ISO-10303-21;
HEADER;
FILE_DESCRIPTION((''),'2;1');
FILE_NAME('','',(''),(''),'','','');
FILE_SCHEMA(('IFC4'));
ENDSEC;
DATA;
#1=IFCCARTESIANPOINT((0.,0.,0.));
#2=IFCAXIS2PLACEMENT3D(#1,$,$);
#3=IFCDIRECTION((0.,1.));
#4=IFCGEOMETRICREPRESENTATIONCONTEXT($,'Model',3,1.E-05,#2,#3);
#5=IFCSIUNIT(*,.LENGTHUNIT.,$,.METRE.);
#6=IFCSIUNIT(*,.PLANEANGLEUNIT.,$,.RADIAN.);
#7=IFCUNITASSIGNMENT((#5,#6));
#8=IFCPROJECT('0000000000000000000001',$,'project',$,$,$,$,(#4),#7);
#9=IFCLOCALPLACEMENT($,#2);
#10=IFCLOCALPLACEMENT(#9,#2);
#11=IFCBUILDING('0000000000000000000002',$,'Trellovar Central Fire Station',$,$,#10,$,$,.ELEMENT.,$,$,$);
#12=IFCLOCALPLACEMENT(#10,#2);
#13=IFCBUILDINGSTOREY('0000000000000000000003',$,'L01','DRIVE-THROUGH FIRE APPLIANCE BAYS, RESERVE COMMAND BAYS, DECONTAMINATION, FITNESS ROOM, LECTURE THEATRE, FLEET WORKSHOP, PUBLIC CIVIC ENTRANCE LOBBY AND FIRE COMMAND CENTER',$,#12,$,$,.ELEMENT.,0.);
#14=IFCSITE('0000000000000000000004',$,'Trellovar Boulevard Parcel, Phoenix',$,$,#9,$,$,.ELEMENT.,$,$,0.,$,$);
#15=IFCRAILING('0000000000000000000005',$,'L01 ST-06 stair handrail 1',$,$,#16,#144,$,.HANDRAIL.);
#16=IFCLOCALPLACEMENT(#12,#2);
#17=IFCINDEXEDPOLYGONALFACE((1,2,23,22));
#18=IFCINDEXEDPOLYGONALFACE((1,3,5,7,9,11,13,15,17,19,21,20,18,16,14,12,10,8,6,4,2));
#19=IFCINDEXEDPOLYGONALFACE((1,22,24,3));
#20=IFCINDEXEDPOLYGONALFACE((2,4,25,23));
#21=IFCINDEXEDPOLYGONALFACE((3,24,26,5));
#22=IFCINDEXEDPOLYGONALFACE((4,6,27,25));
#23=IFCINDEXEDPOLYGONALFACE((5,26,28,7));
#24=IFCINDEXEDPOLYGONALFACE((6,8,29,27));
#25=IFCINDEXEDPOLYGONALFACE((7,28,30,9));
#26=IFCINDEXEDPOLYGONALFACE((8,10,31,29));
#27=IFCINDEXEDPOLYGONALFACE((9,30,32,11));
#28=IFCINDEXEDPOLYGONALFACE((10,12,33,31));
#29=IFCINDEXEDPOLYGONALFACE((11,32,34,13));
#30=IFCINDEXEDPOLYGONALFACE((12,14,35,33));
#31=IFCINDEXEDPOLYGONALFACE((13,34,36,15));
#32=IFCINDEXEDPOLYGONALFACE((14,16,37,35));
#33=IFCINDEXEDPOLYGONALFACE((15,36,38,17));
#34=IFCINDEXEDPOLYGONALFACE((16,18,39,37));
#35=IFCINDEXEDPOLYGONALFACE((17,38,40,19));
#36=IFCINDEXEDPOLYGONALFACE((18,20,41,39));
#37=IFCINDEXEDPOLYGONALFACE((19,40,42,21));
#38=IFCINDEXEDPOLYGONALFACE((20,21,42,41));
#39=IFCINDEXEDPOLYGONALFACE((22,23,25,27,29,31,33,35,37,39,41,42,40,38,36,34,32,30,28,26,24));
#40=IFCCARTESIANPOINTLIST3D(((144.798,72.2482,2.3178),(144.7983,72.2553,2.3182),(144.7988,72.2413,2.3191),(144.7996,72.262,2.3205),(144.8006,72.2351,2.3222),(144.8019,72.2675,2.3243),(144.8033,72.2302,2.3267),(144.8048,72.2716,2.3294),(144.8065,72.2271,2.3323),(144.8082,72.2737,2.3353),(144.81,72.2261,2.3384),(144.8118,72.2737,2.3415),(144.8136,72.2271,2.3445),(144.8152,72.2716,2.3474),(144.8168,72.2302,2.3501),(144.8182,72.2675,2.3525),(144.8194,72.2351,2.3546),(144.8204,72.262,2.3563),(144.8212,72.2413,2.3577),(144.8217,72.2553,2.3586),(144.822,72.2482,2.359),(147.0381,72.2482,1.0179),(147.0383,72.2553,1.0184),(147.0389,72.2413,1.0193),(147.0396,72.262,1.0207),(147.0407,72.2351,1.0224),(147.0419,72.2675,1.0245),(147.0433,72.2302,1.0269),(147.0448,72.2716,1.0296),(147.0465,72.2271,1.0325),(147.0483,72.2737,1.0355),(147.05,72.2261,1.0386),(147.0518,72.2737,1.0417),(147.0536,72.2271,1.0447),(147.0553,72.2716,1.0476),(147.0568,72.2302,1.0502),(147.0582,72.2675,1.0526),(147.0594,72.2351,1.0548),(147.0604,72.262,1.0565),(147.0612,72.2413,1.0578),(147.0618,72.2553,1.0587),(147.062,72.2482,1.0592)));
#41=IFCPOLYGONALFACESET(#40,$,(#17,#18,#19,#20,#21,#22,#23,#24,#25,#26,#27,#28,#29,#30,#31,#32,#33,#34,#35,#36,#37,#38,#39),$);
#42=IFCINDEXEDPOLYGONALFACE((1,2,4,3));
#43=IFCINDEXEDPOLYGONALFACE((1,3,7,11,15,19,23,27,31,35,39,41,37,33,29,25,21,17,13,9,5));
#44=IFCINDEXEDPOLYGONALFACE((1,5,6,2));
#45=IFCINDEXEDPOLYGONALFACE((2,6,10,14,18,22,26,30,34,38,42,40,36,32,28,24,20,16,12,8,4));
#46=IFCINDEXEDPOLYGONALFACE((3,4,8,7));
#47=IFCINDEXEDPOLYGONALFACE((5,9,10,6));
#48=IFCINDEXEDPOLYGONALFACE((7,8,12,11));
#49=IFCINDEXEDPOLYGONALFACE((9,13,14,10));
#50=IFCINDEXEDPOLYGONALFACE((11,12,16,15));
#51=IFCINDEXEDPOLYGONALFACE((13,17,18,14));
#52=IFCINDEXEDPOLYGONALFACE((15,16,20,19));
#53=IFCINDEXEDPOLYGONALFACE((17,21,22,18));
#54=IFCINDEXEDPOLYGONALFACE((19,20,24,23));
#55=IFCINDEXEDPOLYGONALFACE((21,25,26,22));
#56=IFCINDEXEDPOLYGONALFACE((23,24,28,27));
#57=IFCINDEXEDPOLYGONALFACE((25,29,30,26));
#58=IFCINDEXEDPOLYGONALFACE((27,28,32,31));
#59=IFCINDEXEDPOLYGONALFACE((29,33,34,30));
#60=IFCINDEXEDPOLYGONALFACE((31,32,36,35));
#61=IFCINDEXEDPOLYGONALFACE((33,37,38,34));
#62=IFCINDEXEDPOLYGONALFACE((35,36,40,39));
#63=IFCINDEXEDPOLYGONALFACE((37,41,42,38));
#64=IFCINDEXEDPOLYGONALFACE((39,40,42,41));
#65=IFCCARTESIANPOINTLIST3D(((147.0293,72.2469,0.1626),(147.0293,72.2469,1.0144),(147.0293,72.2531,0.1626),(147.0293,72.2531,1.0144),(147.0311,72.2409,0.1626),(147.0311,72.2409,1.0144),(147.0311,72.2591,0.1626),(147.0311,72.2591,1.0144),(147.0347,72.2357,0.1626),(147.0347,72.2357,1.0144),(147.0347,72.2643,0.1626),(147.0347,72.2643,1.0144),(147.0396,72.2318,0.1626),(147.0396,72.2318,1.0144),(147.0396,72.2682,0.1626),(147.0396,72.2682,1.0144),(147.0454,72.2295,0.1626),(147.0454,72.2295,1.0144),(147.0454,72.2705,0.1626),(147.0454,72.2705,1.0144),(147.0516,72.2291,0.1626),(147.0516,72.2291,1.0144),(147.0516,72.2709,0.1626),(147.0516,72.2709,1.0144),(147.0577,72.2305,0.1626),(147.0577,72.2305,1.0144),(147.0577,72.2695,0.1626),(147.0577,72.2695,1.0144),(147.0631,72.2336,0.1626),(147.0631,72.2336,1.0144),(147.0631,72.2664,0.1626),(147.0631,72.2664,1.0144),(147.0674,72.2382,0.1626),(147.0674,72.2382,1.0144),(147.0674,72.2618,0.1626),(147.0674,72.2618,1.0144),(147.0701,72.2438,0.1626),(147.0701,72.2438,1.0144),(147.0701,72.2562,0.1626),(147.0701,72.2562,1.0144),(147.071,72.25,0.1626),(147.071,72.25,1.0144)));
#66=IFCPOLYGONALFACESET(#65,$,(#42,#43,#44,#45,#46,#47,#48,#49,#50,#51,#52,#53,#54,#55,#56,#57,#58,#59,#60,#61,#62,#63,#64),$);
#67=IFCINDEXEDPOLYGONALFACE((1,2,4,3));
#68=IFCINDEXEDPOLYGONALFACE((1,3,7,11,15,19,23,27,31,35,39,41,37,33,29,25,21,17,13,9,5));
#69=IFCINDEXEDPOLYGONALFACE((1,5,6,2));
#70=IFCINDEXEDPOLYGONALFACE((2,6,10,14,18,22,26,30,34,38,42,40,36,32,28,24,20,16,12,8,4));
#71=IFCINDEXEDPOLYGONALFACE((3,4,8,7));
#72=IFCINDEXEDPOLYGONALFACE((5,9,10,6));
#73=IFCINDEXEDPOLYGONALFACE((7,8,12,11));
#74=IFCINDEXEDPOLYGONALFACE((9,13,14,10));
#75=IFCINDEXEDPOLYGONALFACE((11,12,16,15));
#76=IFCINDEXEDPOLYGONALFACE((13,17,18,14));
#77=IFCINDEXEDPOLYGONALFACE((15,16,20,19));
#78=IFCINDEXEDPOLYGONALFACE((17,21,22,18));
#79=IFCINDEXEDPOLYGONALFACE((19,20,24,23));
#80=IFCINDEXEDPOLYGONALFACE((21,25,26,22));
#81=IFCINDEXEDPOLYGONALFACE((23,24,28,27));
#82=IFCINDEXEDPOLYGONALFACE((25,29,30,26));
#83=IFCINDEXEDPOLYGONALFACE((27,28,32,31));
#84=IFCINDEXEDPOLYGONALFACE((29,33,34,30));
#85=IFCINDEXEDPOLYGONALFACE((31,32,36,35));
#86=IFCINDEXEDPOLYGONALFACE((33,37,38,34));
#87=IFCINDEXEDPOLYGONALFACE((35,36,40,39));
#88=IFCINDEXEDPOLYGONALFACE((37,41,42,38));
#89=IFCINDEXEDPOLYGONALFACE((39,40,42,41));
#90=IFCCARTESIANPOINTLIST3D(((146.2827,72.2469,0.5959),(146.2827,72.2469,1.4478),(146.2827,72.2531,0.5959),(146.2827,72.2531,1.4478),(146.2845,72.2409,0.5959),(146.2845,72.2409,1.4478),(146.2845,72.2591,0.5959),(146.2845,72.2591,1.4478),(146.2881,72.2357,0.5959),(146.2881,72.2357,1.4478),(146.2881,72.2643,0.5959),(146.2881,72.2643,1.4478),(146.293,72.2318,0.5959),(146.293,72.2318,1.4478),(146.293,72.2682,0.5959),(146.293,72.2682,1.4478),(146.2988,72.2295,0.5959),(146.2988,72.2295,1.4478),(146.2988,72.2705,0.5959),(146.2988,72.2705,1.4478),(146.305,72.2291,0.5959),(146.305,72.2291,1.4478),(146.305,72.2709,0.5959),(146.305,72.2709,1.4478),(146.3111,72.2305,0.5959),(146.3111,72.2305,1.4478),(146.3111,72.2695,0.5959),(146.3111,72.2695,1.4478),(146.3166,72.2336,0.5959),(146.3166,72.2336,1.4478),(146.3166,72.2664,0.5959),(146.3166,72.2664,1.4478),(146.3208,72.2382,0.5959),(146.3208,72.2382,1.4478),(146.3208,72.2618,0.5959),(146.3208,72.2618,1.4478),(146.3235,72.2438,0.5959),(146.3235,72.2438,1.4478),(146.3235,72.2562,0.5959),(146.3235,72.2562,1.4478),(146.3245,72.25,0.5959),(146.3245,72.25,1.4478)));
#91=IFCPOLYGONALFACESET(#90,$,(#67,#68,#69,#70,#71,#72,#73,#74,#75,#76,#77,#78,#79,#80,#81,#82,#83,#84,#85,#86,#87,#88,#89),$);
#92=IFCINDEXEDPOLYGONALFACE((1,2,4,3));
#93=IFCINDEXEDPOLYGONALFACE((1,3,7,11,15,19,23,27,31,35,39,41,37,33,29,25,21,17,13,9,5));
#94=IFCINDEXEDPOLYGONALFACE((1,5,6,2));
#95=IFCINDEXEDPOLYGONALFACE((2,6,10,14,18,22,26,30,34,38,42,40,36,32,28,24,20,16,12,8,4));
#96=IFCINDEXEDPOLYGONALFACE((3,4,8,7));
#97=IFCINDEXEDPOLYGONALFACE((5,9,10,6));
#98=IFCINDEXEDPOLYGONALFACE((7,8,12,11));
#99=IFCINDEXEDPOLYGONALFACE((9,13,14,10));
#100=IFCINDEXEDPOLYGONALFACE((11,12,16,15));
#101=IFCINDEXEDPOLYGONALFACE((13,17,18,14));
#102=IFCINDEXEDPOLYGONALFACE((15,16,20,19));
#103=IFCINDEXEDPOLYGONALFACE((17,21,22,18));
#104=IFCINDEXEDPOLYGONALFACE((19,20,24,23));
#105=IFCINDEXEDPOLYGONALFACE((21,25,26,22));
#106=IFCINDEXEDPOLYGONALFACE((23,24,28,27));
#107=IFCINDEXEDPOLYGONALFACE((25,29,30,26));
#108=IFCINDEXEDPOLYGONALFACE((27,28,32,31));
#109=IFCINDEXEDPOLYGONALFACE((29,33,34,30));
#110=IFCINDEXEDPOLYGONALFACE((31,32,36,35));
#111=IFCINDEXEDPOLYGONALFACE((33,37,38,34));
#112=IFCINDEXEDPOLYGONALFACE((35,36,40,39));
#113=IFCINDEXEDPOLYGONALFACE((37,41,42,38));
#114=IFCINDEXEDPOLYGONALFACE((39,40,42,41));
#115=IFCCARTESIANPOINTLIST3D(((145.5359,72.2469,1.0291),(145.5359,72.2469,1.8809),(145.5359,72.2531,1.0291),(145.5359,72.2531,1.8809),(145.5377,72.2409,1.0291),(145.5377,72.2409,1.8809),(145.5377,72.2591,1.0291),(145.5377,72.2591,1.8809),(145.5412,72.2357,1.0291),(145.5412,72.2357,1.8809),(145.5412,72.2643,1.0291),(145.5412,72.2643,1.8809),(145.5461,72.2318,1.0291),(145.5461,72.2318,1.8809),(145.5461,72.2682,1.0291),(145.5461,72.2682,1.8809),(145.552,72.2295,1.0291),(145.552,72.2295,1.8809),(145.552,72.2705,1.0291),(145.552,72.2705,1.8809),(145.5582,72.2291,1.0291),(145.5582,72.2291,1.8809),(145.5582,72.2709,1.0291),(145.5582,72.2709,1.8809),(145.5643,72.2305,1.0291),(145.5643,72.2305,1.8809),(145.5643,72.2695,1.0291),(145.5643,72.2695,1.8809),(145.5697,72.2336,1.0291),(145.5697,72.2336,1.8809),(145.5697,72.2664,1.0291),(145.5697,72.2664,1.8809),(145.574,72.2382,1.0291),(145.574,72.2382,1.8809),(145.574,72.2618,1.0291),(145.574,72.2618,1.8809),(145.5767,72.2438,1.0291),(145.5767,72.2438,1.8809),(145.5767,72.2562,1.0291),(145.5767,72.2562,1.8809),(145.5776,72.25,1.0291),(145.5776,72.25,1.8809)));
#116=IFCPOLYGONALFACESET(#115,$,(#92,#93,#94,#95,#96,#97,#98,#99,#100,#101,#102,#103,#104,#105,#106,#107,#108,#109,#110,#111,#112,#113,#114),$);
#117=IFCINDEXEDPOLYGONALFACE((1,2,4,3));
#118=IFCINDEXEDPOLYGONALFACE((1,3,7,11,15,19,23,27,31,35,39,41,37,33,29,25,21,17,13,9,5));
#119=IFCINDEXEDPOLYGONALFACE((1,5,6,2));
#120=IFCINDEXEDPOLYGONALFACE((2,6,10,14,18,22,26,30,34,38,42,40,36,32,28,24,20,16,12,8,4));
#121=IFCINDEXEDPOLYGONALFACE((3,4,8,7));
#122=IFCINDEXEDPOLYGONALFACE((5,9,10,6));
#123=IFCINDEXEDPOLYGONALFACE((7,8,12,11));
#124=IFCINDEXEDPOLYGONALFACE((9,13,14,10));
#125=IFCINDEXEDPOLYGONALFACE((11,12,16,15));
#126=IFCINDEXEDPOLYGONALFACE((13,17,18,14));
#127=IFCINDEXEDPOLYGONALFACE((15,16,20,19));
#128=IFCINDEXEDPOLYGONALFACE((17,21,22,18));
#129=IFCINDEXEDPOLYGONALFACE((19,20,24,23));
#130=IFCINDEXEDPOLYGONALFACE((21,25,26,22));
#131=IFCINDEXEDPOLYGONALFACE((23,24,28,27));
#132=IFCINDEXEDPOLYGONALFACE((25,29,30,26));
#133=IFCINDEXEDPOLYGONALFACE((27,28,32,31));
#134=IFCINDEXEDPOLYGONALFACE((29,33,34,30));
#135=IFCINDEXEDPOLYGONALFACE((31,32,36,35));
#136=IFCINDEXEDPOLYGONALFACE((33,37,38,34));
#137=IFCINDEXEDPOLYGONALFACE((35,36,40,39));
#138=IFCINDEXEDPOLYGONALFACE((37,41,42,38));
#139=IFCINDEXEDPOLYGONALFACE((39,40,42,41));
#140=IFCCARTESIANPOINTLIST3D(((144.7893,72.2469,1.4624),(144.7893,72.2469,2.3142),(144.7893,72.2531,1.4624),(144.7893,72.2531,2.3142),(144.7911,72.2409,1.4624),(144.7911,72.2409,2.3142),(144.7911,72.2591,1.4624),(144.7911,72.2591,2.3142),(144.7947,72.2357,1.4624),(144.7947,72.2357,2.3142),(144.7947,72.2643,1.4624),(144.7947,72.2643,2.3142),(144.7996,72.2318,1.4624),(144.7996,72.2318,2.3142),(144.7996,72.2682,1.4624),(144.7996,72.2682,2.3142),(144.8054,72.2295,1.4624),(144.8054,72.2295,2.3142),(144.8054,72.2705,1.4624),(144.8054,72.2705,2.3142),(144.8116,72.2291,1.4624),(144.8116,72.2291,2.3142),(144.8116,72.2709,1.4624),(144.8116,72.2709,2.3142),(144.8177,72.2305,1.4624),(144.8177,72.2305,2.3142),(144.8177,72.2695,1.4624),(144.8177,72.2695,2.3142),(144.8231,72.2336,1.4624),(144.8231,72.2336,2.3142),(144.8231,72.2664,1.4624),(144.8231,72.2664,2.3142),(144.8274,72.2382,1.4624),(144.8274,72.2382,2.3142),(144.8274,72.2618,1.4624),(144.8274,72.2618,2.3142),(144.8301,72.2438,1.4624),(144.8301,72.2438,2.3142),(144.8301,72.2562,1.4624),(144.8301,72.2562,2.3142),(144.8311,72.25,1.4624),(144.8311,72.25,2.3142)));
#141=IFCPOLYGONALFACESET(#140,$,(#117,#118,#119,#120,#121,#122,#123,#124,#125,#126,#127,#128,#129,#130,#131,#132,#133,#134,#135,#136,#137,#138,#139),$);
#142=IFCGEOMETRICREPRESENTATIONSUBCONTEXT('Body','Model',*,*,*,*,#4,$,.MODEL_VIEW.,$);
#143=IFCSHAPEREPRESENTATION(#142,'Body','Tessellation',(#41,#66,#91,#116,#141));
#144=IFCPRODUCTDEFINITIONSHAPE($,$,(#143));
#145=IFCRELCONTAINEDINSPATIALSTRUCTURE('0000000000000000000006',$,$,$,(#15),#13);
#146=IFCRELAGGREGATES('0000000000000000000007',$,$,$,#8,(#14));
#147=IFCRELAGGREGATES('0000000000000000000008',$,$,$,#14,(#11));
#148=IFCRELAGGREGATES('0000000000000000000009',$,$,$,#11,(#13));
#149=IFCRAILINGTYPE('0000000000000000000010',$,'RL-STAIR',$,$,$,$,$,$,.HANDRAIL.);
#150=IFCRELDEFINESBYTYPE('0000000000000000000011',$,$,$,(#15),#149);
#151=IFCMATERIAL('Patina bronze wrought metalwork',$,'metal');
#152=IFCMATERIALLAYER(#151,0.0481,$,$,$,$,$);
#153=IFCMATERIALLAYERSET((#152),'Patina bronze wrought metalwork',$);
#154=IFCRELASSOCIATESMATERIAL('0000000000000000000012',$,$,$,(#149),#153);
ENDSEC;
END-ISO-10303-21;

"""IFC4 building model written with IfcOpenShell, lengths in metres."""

from ifc_helpers import new_model, si_unit, direction, frame, origin, origin_2d, place, context, subcontext, project, spatial, circle, extrude, material, layer, layer_set, type_object, element, save


model = new_model("IFC4")

# Units and contexts
model_context = context("Model", 3, precision=1e-05, world=origin(), true_north=direction((0.0, 1.0)))
body_context = subcontext(model_context, "Body", "Model", "MODEL_VIEW")
ifc_project = project(units=[si_unit("LENGTHUNIT", "METRE"), si_unit("PLANEANGLEUNIT", "RADIAN")], contexts=[model_context])

# Site, building, storey
site_placement = place(None, origin())
site = spatial("IfcSite", under=ifc_project, at=site_placement, Name="Trellovar Boulevard Parcel, Phoenix", CompositionType="ELEMENT", RefElevation=0.0)
building_placement = place(site_placement, origin())
building = spatial("IfcBuilding", under=site, at=building_placement, Name="Trellovar Central Fire Station", CompositionType="ELEMENT")
storey_placement = place(building_placement, origin())
storey = spatial("IfcBuildingStorey", under=building, at=storey_placement, Name="L01", Description="DRIVE-THROUGH FIRE APPLIANCE BAYS, RESERVE COMMAND BAYS, DECONTAMINATION, FITNESS ROOM, LECTURE THEATRE, FLEET WORKSHOP, PUBLIC CIVIC ENTRANCE LOBBY AND FIRE COMMAND CENTER", CompositionType="ELEMENT", Elevation=0.0)

# Railing
ifc_material_1 = material(Name="Patina bronze wrought metalwork", Category="metal")
ifc_layer_1 = layer(ifc_material_1, 0.0481)
ifc_layer_set_1 = layer_set([ifc_layer_1], Name="Patina bronze wrought metalwork")
railing_type_1 = type_object("IfcRailingType", Name="RL-STAIR", PredefinedType="HANDRAIL", material=ifc_layer_set_1)
railing_1_placement = place(storey_placement, frame((147.05, 72.25, 0.1626)))
element("IfcRailing", 1, at=railing_1_placement, inside=storey, type_object=railing_type_1, Name="L01 ST-06 stair handrail 1", PredefinedType="HANDRAIL", context=body_context, shape_type="SweptSolid", body=[
    extrude(circle(Radius=0.0239, at=origin_2d()), frame((0.0, 0.0, 0.876), z_axis=(-0.864929, 0.0, 0.501894), x_axis=(0.0, -1.0, 0.0)), (0.0, 0.0, 1.0), 2.5898),
    extrude(circle(Radius=0.021, at=origin_2d()), origin(), (0.0, 0.0, 1.0), 0.8518),
    extrude(circle(Radius=0.021, at=origin_2d()), frame((-0.7466, 0.0, 0.4333)), (0.0, 0.0, 1.0), 0.8518),
    extrude(circle(Radius=0.021, at=origin_2d()), frame((-1.4934, 0.0, 0.8665)), (0.0, 0.0, 1.0), 0.8518),
    extrude(circle(Radius=0.021, at=origin_2d()), frame((-2.24, 0.0, 1.2998)), (0.0, 0.0, 1.0), 0.8518),
])

save(model, "model.ifc")
